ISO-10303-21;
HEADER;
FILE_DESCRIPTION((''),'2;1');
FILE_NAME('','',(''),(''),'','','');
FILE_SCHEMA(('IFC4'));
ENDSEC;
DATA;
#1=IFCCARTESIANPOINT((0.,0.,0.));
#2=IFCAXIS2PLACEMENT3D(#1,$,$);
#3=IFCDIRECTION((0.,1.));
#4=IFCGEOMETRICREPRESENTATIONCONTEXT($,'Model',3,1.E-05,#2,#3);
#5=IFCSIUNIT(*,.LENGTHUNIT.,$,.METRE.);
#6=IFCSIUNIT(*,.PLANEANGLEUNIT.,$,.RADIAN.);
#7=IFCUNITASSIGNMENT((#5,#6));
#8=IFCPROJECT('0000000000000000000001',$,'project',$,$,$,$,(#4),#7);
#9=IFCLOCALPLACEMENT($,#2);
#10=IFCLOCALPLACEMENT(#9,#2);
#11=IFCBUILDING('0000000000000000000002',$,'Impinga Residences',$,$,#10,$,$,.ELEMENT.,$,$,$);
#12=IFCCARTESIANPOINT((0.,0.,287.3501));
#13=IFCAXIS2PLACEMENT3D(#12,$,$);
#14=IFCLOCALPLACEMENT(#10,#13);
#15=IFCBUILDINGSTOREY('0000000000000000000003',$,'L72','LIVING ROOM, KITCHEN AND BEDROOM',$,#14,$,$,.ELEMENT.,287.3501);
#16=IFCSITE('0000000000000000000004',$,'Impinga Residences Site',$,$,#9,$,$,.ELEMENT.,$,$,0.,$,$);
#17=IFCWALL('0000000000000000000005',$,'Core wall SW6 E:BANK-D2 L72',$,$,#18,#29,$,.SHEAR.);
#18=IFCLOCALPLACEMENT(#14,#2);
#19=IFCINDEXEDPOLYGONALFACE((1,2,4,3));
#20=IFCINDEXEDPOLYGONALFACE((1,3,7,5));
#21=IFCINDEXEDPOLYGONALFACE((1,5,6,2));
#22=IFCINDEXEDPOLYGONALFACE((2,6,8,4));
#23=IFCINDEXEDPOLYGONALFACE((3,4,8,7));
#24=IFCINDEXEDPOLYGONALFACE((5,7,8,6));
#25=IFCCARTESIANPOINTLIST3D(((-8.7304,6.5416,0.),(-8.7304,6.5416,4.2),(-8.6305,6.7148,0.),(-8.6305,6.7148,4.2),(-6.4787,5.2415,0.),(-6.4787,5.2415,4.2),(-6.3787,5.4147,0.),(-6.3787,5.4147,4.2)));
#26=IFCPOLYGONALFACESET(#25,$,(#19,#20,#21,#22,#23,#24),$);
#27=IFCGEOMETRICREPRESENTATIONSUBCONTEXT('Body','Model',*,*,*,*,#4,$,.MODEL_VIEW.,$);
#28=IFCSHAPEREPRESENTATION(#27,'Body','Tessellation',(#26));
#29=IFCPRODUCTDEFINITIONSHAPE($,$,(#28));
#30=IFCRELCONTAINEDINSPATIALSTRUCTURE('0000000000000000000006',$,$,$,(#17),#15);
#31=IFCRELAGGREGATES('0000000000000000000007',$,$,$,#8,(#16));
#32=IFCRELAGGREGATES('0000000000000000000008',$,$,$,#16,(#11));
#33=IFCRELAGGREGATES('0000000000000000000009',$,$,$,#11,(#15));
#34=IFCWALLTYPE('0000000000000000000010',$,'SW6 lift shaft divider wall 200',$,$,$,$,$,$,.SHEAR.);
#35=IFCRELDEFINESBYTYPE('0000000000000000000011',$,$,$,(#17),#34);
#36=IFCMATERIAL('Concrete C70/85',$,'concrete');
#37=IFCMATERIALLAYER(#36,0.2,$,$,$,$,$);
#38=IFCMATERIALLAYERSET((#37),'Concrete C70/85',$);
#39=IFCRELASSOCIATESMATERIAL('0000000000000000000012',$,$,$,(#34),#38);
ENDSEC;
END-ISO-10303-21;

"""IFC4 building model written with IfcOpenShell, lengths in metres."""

from ifc_helpers import new_model, si_unit, direction, frame, frame_2d, origin, place, context, subcontext, project, spatial, rectangle, extrude, material, layer, layer_set, type_object, element, save


model = new_model("IFC4")

# Units and contexts
model_context = context("Model", 3, precision=1e-05, world=origin(), true_north=direction((0.0, 1.0)))
body_context = subcontext(model_context, "Body", "Model", "MODEL_VIEW")
ifc_project = project(units=[si_unit("LENGTHUNIT", "METRE"), si_unit("PLANEANGLEUNIT", "RADIAN")], contexts=[model_context])

# Site, building, storey
site_placement = place(None, origin())
site = spatial("IfcSite", under=ifc_project, at=site_placement, Name="Impinga Residences Site", CompositionType="ELEMENT", RefElevation=0.0)
building_placement = place(site_placement, origin())
building = spatial("IfcBuilding", under=site, at=building_placement, Name="Impinga Residences", CompositionType="ELEMENT")
storey_placement = place(building_placement, frame((0.0, 0.0, 287.3501)))
storey = spatial("IfcBuildingStorey", under=building, at=storey_placement, Name="L72", Description="LIVING ROOM, KITCHEN AND BEDROOM", CompositionType="ELEMENT", Elevation=287.3501)

# Wall
ifc_material_1 = material(Name="Concrete C70/85", Category="concrete")
ifc_layer_1 = layer(ifc_material_1, 0.2)
ifc_layer_set_1 = layer_set([ifc_layer_1], Name="Concrete C70/85")
wall_type_1 = type_object("IfcWallType", Name="SW6 lift shaft divider wall 200", PredefinedType="SHEAR", material=ifc_layer_set_1)
wall_1_placement = place(storey_placement, frame((-6.4287, 5.3281, 0.0), z_axis=(0.0, 0.0, 1.0), x_axis=(-0.866021, 0.500007, 0.0)))
element("IfcWall", 1, at=wall_1_placement, inside=storey, type_object=wall_type_1, Name="Core wall SW6 E:BANK-D2 L72", PredefinedType="SHEAR", context=body_context, shape_type="SweptSolid", body=[
    extrude(rectangle(XDim=2.6001, YDim=0.2, at=frame_2d((1.3, 0.0))), origin(), (0.0, 0.0, 1.0), 4.2),
])

save(model, "model.ifc")
